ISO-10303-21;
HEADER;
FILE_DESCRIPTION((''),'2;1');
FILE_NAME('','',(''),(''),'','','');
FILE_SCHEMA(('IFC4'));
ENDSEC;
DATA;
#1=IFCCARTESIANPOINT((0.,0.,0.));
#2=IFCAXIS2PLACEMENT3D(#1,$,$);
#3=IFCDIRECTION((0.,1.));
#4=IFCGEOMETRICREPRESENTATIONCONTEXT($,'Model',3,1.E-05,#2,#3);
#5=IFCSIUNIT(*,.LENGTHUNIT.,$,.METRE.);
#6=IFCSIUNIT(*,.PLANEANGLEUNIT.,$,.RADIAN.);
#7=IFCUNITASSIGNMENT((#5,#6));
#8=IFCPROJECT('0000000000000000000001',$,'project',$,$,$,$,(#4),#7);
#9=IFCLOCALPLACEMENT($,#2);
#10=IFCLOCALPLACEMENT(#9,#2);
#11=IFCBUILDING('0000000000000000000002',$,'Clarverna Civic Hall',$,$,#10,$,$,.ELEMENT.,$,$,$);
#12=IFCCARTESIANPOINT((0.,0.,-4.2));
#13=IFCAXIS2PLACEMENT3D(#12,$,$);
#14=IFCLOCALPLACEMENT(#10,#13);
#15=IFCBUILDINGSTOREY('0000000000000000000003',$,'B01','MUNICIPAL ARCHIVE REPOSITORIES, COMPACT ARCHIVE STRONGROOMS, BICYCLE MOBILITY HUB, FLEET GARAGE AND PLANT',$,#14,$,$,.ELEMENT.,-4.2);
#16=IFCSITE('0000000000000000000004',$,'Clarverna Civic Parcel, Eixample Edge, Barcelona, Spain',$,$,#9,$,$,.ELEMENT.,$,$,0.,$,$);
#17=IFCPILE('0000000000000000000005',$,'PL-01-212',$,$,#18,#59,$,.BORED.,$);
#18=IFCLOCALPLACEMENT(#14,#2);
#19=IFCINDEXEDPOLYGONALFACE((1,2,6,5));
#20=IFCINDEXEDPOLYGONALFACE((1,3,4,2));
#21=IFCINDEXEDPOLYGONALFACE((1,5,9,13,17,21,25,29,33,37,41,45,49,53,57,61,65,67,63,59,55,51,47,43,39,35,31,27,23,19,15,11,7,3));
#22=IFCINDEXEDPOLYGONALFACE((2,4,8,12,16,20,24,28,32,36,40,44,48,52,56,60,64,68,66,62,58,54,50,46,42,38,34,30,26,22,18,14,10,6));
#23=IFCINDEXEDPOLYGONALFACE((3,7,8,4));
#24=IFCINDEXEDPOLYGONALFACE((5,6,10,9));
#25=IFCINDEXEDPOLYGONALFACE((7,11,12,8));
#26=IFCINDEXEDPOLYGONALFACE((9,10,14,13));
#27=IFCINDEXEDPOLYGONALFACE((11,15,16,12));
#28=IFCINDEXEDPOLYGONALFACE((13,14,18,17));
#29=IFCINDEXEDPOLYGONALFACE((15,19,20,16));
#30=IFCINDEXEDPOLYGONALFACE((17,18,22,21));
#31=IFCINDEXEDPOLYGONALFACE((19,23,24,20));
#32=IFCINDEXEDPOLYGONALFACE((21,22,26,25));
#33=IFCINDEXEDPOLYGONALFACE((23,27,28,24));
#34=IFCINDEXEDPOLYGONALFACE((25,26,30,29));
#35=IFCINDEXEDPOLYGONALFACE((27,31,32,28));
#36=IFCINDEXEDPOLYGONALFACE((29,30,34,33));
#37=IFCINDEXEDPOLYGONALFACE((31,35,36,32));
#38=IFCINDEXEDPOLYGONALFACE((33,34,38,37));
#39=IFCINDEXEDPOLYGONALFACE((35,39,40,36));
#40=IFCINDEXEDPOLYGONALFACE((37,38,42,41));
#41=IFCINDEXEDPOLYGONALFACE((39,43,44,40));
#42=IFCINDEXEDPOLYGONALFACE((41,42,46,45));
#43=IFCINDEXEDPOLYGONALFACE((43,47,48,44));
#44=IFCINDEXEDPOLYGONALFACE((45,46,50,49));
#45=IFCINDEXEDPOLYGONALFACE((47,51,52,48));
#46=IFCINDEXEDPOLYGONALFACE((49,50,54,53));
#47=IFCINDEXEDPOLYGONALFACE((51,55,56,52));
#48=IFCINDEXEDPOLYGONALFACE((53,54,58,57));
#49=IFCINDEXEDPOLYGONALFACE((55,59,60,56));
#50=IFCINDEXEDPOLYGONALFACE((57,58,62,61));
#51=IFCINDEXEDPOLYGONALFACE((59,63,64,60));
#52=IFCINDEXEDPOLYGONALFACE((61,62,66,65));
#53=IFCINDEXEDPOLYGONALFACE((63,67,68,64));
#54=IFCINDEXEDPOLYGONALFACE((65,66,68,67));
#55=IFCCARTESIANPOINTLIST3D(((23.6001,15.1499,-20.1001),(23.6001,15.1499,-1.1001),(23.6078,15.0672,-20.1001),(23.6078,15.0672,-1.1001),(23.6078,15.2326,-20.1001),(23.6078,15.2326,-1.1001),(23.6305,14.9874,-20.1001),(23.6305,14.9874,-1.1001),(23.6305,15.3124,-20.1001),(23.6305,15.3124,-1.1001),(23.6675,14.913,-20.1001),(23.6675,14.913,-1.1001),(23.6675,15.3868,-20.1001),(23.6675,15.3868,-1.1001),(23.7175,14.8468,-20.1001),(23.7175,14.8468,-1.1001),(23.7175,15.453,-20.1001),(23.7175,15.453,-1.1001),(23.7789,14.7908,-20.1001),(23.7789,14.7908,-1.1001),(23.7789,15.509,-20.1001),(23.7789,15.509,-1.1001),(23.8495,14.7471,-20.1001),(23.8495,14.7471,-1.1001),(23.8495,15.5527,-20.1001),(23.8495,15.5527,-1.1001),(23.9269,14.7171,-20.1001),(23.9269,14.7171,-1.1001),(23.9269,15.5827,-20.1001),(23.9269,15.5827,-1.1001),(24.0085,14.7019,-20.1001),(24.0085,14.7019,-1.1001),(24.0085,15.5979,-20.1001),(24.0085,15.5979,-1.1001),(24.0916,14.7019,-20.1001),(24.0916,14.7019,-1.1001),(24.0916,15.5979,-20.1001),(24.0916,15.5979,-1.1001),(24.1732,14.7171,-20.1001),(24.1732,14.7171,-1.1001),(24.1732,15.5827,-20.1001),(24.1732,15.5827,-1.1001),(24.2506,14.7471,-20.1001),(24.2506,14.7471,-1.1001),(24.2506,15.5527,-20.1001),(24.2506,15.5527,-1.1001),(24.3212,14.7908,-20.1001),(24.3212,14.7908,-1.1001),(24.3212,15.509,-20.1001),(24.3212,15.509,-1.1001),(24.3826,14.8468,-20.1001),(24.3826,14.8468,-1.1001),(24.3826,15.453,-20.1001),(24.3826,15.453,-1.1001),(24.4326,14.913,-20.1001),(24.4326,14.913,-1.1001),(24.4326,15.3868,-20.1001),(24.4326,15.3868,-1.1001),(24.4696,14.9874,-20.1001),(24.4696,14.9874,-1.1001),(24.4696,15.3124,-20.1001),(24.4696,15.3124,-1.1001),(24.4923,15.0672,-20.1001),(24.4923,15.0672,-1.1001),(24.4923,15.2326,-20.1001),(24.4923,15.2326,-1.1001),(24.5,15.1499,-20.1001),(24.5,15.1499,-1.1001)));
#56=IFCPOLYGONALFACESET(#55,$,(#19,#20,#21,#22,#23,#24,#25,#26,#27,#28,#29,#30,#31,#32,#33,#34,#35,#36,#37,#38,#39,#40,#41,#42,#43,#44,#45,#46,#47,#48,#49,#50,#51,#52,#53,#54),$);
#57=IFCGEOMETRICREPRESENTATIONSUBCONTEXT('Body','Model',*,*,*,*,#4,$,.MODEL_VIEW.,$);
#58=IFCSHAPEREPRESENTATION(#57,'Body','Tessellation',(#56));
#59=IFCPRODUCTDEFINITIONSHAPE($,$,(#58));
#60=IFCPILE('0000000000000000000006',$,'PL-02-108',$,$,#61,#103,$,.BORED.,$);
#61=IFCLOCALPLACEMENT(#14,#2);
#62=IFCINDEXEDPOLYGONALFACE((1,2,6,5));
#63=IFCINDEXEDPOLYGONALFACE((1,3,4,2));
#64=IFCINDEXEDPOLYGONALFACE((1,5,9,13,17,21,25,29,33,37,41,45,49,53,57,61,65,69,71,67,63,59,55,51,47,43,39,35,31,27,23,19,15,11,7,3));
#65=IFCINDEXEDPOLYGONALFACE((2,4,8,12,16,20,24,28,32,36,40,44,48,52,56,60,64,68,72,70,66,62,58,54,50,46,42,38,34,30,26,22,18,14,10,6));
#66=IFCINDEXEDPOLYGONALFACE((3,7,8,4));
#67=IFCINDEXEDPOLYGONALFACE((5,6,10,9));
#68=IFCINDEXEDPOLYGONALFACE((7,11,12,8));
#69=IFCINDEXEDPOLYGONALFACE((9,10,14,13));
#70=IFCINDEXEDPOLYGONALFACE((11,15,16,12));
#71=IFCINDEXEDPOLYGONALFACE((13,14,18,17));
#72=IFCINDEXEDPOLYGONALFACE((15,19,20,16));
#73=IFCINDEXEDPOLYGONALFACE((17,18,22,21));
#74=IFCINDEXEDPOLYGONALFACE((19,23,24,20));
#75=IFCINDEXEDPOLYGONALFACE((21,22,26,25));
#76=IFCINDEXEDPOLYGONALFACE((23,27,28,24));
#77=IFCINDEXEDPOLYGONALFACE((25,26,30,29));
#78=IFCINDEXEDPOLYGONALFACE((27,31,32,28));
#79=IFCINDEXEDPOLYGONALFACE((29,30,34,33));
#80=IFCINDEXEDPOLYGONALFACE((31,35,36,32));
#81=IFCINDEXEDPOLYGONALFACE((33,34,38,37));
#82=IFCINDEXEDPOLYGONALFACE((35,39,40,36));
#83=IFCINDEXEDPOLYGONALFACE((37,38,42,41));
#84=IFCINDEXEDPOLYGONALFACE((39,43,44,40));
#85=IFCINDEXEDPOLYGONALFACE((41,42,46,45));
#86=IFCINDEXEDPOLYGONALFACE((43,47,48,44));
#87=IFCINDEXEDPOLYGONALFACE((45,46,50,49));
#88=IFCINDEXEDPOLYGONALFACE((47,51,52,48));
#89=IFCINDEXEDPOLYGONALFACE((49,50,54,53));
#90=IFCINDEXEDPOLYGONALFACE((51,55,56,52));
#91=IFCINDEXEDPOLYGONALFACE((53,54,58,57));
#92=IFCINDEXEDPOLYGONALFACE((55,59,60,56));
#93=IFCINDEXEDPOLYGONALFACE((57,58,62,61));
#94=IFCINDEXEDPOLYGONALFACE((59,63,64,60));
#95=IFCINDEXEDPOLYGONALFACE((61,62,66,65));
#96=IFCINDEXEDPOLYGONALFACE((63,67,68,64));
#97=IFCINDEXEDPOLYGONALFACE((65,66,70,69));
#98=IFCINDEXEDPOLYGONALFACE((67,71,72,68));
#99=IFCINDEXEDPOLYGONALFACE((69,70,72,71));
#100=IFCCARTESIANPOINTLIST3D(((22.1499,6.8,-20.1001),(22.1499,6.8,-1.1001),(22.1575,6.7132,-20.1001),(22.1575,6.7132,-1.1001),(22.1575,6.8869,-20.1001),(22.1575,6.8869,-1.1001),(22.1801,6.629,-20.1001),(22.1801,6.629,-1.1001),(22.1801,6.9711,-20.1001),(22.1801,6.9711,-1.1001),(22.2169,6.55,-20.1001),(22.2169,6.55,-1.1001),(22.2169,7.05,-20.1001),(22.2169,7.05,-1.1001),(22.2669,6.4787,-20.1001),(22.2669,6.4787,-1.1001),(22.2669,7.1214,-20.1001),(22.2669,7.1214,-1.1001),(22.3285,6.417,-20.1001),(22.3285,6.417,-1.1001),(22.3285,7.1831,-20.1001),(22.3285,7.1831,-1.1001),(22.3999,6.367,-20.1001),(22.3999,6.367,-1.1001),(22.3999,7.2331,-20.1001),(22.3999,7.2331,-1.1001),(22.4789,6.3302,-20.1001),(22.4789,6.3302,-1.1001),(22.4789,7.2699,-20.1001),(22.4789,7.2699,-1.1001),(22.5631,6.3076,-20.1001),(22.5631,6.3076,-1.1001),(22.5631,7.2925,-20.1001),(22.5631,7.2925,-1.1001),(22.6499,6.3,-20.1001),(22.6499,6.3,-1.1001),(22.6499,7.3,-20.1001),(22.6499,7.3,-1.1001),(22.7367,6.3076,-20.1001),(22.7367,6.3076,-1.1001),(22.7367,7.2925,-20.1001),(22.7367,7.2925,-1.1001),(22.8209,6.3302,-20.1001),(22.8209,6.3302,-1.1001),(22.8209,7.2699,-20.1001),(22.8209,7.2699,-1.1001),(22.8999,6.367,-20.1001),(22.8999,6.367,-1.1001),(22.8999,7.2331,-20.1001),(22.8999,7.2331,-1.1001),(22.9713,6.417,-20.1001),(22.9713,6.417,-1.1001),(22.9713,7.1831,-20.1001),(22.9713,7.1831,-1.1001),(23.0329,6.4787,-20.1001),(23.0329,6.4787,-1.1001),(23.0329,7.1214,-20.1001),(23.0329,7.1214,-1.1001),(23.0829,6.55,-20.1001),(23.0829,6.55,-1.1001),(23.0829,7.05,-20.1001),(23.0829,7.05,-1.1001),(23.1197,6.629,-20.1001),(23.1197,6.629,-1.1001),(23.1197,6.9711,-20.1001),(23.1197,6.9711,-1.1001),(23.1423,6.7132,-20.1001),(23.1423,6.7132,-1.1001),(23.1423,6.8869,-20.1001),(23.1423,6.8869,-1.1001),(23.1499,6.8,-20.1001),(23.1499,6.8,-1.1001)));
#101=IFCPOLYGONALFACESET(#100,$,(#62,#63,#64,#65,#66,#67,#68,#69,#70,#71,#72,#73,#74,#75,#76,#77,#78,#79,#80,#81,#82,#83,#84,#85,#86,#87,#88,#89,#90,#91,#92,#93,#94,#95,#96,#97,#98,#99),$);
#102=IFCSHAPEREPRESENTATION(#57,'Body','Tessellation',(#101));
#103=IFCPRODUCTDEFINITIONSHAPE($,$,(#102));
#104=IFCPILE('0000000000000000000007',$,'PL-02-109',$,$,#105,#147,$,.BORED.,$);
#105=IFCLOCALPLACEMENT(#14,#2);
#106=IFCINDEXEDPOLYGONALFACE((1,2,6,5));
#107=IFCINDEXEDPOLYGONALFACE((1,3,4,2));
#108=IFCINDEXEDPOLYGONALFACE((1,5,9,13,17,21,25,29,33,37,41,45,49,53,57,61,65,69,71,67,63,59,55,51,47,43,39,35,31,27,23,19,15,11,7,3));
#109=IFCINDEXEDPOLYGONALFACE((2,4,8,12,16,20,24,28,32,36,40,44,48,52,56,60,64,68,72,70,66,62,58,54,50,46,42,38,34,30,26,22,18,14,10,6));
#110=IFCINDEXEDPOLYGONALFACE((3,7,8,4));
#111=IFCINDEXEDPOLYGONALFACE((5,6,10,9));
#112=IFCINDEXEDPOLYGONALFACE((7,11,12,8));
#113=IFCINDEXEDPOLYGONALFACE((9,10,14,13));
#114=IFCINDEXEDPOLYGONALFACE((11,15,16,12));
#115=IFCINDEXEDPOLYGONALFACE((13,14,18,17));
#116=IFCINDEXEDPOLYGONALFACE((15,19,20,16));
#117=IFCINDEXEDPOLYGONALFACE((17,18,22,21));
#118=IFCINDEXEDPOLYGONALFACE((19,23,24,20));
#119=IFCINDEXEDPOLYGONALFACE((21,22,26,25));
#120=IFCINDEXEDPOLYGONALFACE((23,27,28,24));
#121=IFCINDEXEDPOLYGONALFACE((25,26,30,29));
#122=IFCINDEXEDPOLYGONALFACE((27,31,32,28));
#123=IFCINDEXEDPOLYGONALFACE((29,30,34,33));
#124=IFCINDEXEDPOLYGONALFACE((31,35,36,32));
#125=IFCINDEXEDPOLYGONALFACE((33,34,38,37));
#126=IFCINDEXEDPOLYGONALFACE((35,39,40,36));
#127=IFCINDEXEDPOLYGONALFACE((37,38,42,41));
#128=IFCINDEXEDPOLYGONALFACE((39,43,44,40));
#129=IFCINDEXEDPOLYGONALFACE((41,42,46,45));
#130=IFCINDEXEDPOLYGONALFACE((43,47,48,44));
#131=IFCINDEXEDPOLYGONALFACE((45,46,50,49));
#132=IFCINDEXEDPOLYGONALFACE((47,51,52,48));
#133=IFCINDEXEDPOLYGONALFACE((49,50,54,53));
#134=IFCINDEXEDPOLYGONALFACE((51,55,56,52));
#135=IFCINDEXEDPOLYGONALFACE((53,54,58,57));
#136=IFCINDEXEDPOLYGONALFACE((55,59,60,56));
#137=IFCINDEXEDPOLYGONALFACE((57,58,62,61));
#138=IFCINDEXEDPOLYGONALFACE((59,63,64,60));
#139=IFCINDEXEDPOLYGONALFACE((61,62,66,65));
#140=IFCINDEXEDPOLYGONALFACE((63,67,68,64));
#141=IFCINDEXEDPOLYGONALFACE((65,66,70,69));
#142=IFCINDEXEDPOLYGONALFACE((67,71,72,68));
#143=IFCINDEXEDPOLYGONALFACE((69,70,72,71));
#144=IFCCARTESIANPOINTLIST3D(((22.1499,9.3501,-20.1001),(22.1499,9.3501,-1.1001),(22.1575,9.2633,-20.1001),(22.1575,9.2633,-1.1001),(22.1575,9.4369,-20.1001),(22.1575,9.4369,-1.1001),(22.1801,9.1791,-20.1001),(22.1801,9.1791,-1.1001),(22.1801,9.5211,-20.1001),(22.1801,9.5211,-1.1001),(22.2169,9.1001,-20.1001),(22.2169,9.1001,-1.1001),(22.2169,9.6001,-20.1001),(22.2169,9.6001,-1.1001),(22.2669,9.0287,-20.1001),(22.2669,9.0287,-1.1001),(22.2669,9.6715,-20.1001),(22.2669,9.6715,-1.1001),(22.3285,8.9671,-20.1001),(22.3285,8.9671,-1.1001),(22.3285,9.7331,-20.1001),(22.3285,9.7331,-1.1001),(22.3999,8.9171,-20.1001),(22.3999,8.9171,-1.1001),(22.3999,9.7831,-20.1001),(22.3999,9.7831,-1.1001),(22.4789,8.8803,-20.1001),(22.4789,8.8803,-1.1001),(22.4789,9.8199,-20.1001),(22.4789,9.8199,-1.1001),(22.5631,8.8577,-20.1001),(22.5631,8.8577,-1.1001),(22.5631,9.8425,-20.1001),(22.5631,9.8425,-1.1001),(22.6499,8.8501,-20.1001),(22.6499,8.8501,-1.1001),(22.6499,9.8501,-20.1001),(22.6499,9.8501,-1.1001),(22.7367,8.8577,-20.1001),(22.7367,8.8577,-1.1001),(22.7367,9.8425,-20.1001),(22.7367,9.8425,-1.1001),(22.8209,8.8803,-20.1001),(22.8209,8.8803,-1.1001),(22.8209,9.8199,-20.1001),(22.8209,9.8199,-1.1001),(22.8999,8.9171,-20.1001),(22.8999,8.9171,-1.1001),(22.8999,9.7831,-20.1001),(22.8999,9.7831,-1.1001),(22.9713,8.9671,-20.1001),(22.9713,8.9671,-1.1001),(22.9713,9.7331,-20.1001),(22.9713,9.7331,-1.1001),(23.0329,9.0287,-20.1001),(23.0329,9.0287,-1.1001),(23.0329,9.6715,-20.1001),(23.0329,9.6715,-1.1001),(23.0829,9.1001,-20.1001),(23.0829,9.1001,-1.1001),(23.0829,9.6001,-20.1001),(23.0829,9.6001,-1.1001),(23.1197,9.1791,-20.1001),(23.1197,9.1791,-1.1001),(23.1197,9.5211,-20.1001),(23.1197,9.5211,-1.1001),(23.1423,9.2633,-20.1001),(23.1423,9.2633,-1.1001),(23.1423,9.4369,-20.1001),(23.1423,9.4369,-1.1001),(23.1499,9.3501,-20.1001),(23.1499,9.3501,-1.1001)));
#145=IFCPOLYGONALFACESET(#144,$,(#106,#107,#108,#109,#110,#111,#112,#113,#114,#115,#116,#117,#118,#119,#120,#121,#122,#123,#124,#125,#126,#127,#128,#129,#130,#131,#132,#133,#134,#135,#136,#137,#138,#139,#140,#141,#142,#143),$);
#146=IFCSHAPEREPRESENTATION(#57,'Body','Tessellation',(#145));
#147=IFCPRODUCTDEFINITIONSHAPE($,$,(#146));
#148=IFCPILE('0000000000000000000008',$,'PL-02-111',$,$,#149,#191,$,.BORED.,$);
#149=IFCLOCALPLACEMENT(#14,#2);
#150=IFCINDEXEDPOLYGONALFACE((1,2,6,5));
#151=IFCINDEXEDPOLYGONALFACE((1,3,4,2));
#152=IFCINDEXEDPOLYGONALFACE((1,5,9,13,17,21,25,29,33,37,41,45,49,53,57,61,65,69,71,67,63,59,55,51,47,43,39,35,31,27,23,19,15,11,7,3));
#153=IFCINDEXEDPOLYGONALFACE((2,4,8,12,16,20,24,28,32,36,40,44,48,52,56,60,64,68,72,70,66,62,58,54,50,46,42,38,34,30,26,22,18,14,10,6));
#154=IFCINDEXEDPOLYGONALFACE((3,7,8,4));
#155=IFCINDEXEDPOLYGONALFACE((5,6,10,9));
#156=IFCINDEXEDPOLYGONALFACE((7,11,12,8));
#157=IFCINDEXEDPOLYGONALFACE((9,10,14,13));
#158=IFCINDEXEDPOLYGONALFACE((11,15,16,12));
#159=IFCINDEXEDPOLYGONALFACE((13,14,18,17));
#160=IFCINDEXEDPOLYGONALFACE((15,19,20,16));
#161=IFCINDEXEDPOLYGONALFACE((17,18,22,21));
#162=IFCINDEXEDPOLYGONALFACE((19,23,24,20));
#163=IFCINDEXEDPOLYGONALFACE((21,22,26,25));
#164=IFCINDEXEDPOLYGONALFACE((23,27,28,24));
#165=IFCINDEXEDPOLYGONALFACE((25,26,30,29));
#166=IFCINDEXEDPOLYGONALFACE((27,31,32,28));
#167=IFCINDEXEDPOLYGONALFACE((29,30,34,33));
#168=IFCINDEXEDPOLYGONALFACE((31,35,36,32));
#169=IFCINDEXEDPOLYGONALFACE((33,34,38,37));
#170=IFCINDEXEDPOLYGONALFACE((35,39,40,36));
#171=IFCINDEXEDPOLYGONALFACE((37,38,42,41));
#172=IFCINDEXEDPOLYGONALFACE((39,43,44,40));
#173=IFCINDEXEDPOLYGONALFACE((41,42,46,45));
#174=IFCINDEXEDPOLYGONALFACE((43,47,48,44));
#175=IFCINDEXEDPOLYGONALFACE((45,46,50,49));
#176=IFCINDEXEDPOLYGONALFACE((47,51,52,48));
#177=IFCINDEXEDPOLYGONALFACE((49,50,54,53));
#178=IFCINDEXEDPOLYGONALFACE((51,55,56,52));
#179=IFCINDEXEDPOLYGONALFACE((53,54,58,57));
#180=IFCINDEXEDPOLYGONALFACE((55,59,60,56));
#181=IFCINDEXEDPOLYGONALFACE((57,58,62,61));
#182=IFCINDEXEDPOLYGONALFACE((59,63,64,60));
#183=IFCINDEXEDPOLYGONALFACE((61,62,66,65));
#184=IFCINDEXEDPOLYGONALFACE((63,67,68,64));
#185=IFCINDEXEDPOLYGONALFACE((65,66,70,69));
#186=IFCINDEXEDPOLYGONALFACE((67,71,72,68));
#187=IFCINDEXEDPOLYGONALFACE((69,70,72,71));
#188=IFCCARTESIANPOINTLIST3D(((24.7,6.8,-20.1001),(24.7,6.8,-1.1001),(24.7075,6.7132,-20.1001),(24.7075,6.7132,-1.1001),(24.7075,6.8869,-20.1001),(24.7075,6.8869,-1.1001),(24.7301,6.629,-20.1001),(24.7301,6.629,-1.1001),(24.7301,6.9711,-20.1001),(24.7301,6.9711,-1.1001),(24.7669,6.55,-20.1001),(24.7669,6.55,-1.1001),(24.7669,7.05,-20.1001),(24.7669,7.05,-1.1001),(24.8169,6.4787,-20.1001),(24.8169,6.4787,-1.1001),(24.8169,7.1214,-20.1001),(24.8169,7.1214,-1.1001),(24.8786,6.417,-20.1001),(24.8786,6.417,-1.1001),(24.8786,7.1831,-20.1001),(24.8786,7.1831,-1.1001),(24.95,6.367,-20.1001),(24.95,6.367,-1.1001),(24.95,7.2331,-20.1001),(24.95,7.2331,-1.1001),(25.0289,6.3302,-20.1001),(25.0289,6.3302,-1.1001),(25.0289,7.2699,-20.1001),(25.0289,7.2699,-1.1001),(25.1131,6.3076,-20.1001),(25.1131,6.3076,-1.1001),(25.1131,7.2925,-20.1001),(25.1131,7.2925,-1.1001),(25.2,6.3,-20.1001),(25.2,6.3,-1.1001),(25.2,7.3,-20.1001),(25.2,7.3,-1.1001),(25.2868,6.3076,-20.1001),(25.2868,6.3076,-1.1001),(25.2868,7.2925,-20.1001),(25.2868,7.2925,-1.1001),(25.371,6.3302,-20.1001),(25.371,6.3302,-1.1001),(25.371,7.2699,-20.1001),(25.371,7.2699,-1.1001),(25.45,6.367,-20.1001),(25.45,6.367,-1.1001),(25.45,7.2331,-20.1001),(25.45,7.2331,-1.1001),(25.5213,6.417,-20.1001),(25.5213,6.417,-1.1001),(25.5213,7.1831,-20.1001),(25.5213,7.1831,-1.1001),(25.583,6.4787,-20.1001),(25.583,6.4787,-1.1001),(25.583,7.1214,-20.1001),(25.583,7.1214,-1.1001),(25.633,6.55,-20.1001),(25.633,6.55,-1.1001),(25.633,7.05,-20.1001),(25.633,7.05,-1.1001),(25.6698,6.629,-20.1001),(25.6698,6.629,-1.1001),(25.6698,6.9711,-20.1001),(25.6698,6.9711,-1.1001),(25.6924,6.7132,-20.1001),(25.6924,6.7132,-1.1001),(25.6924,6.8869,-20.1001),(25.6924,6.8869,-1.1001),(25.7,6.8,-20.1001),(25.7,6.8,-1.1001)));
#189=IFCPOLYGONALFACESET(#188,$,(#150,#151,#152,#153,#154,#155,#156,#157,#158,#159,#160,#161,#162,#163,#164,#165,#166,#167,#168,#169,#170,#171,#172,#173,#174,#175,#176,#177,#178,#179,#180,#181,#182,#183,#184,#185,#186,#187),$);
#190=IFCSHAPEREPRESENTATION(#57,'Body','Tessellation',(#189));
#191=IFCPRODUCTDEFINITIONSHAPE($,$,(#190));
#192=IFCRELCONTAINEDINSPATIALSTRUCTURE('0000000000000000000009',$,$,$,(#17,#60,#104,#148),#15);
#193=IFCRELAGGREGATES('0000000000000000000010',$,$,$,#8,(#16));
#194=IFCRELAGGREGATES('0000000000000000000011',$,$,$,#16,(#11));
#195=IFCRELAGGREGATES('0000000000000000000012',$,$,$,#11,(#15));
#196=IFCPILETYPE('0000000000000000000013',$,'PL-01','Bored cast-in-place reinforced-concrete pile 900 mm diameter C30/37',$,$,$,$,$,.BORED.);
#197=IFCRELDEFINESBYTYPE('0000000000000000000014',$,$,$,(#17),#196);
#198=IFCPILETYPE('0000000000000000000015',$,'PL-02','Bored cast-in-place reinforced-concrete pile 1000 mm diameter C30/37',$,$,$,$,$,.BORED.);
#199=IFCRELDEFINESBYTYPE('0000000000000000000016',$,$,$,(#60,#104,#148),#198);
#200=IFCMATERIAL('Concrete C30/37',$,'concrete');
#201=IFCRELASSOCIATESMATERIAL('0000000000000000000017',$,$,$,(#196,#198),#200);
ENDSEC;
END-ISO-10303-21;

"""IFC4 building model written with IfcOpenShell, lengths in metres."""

from ifc_helpers import new_model, si_unit, direction, frame, origin, origin_2d, place, context, subcontext, project, spatial, circle, extrude, material, material_profile, profile_set, type_object, element, save


model = new_model("IFC4")

# Units and contexts
model_context = context("Model", 3, precision=1e-05, world=origin(), true_north=direction((0.0, 1.0)))
body_context = subcontext(model_context, "Body", "Model", "MODEL_VIEW")
ifc_project = project(units=[si_unit("LENGTHUNIT", "METRE"), si_unit("PLANEANGLEUNIT", "RADIAN")], contexts=[model_context])

# Site, building, storey
site_placement = place(None, origin())
site = spatial("IfcSite", under=ifc_project, at=site_placement, Name="Clarverna Civic Parcel, Eixample Edge, Barcelona, Spain", CompositionType="ELEMENT", RefElevation=0.0)
building_placement = place(site_placement, origin())
building = spatial("IfcBuilding", under=site, at=building_placement, Name="Clarverna Civic Hall", CompositionType="ELEMENT")
storey_placement = place(building_placement, frame((0.0, 0.0, -4.2)))
storey = spatial("IfcBuildingStorey", under=building, at=storey_placement, Name="B01", Description="MUNICIPAL ARCHIVE REPOSITORIES, COMPACT ARCHIVE STRONGROOMS, BICYCLE MOBILITY HUB, FLEET GARAGE AND PLANT", CompositionType="ELEMENT", Elevation=-4.2)

# Shared definitions
ifc_material_1 = material(Name="Concrete C30/37", Category="concrete")

# Piles
ifc_material_profile_1 = material_profile(ifc_material_1, circle(Radius=0.45, at=origin_2d()), Name="BORED PILE D900")
ifc_profile_set_1 = profile_set([ifc_material_profile_1], Name="Concrete C30/37")
pile_type_1 = type_object("IfcPileType", Name="PL-01", Description="Bored cast-in-place reinforced-concrete pile 900 mm diameter C30/37", PredefinedType="BORED", material=ifc_profile_set_1)
for number, where, z_axis, x_axis, name in (
    (1, (24.05, 15.1499, -1.1001), (0.0, 0.0, -1.0), (1.0, 0.0, 0.0), "PL-01-212"),
):
    element("IfcPile", number, at=place(storey_placement, frame(where, z_axis=z_axis, x_axis=x_axis)), inside=storey, type_object=pile_type_1, Name=name, PredefinedType="BORED", context=body_context, shape_type="SweptSolid", body=[
        extrude(circle(Radius=0.45, at=origin_2d()), origin(), (0.0, 0.0, 1.0), 19.0),
    ])
ifc_material_profile_2 = material_profile(ifc_material_1, circle(Radius=0.5, at=origin_2d()), Name="BORED PILE D1000")
ifc_profile_set_2 = profile_set([ifc_material_profile_2], Name="Concrete C30/37")
pile_type_2 = type_object("IfcPileType", Name="PL-02", Description="Bored cast-in-place reinforced-concrete pile 1000 mm diameter C30/37", PredefinedType="BORED", material=ifc_profile_set_2)
for number, where, z_axis, x_axis, name in (
    (2, (22.6499, 6.8, -1.1001), (0.0, 0.0, -1.0), (1.0, 0.0, 0.0), "PL-02-108"),
    (3, (22.6499, 9.3501, -1.1001), (0.0, 0.0, -1.0), (1.0, 0.0, 0.0), "PL-02-109"),
    (4, (25.2, 6.8, -1.1001), (0.0, 0.0, -1.0), (1.0, 0.0, 0.0), "PL-02-111"),
):
    element("IfcPile", number, at=place(storey_placement, frame(where, z_axis=z_axis, x_axis=x_axis)), inside=storey, type_object=pile_type_2, Name=name, PredefinedType="BORED", context=body_context, shape_type="SweptSolid", body=[
        extrude(circle(Radius=0.5, at=origin_2d()), origin(), (0.0, 0.0, 1.0), 19.0),
    ])

save(model, "model.ifc")
